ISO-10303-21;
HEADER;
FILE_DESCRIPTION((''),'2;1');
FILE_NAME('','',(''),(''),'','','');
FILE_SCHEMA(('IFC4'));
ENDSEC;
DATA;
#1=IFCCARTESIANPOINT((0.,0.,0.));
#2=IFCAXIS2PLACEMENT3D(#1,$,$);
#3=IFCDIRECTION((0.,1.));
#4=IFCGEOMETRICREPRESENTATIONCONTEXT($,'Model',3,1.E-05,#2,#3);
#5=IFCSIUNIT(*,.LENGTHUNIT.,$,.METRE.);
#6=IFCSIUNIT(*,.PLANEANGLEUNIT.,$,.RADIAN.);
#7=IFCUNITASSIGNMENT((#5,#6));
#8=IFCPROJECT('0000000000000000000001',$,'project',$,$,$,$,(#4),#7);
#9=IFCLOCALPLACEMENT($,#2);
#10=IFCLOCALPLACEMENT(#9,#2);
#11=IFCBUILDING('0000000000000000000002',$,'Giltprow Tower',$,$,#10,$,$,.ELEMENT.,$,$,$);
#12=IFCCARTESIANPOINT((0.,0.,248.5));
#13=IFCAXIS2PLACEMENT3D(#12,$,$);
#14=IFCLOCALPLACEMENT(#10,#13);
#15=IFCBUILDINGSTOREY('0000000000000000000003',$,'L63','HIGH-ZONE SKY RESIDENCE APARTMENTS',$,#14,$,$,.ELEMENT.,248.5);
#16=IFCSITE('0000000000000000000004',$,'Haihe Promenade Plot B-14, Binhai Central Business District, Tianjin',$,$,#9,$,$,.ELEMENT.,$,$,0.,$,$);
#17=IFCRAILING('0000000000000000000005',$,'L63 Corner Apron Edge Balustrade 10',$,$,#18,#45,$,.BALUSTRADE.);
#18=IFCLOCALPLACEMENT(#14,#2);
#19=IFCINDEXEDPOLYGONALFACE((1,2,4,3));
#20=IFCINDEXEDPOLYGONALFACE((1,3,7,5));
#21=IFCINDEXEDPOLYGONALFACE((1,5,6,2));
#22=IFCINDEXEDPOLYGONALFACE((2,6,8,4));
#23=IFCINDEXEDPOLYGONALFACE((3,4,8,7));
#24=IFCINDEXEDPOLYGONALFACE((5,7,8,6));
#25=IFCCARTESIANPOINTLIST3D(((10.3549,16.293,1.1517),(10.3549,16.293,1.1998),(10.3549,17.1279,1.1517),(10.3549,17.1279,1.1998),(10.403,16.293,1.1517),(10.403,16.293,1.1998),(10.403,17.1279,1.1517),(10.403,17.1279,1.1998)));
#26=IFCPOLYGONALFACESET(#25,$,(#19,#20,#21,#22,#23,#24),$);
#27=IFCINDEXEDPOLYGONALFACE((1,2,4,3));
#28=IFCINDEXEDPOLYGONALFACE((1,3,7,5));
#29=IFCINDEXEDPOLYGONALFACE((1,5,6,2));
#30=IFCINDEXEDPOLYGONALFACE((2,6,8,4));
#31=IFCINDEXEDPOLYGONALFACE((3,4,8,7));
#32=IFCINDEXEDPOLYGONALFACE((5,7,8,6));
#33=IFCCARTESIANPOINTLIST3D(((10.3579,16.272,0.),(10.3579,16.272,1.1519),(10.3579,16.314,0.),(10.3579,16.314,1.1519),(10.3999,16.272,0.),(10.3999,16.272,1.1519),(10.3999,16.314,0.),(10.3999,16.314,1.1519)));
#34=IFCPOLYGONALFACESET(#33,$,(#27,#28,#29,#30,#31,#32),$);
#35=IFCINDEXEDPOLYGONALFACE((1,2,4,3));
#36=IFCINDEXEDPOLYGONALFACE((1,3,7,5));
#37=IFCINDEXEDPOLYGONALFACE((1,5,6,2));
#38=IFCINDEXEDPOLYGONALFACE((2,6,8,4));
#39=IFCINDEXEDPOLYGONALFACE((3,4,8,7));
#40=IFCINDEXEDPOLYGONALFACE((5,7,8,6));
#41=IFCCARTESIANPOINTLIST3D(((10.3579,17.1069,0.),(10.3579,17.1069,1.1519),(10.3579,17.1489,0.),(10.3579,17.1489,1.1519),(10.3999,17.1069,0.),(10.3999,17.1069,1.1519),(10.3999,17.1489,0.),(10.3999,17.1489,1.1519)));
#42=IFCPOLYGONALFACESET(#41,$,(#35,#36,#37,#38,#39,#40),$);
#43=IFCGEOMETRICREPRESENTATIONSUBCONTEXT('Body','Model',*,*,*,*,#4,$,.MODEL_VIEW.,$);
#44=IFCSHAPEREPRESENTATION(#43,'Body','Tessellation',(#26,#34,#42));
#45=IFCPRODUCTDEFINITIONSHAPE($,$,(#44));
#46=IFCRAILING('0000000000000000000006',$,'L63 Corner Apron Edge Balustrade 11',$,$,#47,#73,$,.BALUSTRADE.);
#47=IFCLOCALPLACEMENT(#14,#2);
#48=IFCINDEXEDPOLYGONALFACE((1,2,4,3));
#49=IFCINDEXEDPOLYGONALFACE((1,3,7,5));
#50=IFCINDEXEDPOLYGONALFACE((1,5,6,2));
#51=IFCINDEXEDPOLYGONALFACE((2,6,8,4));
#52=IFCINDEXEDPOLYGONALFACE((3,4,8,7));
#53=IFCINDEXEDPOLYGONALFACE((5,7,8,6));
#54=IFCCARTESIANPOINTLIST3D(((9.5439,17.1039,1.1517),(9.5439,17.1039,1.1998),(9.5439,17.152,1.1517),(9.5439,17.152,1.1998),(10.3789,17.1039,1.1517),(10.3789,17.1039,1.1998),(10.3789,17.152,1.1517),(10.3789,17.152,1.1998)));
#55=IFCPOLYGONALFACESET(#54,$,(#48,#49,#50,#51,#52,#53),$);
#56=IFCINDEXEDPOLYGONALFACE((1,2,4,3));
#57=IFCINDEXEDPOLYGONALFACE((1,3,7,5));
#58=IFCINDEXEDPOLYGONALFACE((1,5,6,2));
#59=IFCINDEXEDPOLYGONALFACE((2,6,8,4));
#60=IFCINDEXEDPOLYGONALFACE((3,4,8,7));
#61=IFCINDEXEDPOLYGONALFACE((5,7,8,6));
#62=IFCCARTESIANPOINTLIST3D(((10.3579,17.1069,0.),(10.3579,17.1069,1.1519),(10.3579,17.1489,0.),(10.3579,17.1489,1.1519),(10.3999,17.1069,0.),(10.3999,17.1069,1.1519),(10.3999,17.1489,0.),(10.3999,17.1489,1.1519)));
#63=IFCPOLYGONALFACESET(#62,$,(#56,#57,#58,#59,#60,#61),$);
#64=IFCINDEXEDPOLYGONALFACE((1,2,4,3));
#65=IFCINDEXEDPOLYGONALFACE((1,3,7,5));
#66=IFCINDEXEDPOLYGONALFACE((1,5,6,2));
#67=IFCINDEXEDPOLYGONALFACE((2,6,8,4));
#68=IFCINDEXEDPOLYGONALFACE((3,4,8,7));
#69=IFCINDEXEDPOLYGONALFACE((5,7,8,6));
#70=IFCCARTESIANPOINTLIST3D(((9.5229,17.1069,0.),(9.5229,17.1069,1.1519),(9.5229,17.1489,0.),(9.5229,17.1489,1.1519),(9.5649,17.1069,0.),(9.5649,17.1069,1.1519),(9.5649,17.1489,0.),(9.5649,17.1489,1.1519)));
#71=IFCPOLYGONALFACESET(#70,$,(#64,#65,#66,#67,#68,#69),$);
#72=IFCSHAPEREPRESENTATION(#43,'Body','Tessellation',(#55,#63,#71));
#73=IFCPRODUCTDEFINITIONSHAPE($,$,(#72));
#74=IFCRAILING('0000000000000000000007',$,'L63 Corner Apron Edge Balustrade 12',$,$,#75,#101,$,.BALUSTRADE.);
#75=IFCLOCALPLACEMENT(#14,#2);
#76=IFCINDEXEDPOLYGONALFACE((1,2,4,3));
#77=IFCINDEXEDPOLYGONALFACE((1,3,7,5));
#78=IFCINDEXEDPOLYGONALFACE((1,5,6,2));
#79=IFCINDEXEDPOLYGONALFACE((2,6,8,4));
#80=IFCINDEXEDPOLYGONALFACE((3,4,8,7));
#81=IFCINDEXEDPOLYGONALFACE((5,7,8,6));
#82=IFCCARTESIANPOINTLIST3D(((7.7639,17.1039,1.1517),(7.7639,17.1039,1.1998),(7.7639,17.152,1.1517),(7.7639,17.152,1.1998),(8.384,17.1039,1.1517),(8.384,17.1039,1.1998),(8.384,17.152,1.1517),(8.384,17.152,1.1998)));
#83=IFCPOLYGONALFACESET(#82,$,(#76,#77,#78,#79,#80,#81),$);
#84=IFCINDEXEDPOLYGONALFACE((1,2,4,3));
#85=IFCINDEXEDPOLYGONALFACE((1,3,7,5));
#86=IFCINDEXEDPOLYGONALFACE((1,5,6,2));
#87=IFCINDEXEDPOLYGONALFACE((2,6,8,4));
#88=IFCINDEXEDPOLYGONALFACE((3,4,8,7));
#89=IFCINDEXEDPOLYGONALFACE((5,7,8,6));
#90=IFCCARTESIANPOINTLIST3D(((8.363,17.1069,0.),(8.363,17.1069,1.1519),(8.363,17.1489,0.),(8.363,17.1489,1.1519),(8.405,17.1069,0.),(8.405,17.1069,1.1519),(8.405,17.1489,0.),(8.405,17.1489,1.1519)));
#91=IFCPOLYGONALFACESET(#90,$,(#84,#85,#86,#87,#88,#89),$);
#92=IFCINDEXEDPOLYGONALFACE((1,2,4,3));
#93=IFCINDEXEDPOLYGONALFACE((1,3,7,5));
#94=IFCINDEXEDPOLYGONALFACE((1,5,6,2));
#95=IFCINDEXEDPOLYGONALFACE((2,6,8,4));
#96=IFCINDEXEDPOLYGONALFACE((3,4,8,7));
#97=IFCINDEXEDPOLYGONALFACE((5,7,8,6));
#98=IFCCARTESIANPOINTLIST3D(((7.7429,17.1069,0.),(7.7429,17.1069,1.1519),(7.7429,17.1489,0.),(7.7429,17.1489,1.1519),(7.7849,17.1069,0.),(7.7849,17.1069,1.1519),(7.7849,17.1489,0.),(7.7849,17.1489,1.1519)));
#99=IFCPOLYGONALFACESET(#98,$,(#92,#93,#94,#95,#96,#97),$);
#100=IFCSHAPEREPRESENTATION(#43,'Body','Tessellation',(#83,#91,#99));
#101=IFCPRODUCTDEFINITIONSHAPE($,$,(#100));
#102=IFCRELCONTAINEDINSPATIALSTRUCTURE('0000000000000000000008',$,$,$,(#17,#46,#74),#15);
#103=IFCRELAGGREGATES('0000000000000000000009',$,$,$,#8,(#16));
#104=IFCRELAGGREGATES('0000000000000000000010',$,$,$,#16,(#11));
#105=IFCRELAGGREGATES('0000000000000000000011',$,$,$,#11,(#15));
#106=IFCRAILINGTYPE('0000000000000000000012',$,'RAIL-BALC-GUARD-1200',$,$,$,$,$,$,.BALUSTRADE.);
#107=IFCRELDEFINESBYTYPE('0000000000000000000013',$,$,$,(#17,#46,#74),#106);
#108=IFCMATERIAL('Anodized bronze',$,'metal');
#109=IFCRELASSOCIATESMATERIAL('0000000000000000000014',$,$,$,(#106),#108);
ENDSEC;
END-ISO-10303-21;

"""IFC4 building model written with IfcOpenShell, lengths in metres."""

from ifc_helpers import new_model, si_unit, direction, frame, origin, origin_2d, place, context, subcontext, project, spatial, rectangle, extrude, material, type_object, element, save


model = new_model("IFC4")

# Units and contexts
model_context = context("Model", 3, precision=1e-05, world=origin(), true_north=direction((0.0, 1.0)))
body_context = subcontext(model_context, "Body", "Model", "MODEL_VIEW")
ifc_project = project(units=[si_unit("LENGTHUNIT", "METRE"), si_unit("PLANEANGLEUNIT", "RADIAN")], contexts=[model_context])

# Site, building, storey
site_placement = place(None, origin())
site = spatial("IfcSite", under=ifc_project, at=site_placement, Name="Haihe Promenade Plot B-14, Binhai Central Business District, Tianjin", CompositionType="ELEMENT", RefElevation=0.0)
building_placement = place(site_placement, origin())
building = spatial("IfcBuilding", under=site, at=building_placement, Name="Giltprow Tower", CompositionType="ELEMENT")
storey_placement = place(building_placement, frame((0.0, 0.0, 248.5)))
storey = spatial("IfcBuildingStorey", under=building, at=storey_placement, Name="L63", Description="HIGH-ZONE SKY RESIDENCE APARTMENTS", CompositionType="ELEMENT", Elevation=248.5)

# Shared definitions
ifc_material_1 = material(Name="Anodized bronze", Category="metal")

# Railings
railing_type = type_object("IfcRailingType", Name="RAIL-BALC-GUARD-1200", PredefinedType="BALUSTRADE", material=ifc_material_1)
railing_1_placement = place(storey_placement, frame((10.3789, 16.293, 0.0)))
element("IfcRailing", 1, at=railing_1_placement, inside=storey, type_object=railing_type, Name="L63 Corner Apron Edge Balustrade 10", PredefinedType="BALUSTRADE", context=body_context, shape_type="SweptSolid", body=[
    extrude(rectangle(XDim=0.0481, YDim=0.0481, at=origin_2d()), frame((0.0, 0.0, 1.1758), z_axis=(0.0, 1.0, 0.0), x_axis=(-1.0, 0.0, 0.0)), (0.0, 0.0, 1.0), 0.835),
    extrude(rectangle(XDim=0.042, YDim=0.042, at=origin_2d()), origin(), (0.0, 0.0, 1.0), 1.1519),
    extrude(rectangle(XDim=0.042, YDim=0.042, at=origin_2d()), frame((0.0, 0.835, 0.0)), (0.0, 0.0, 1.0), 1.1519),
])
railing_2_placement = place(storey_placement, frame((10.3789, 17.1279, 0.0)))
element("IfcRailing", 2, at=railing_2_placement, inside=storey, type_object=railing_type, Name="L63 Corner Apron Edge Balustrade 11", PredefinedType="BALUSTRADE", context=body_context, shape_type="SweptSolid", body=[
    extrude(rectangle(XDim=0.0481, YDim=0.0481, at=origin_2d()), frame((0.0, 0.0, 1.1758), z_axis=(-1.0, 0.0, 0.0), x_axis=(0.0, -1.0, 0.0)), (0.0, 0.0, 1.0), 0.835),
    extrude(rectangle(XDim=0.042, YDim=0.042, at=origin_2d()), origin(), (0.0, 0.0, 1.0), 1.1519),
    extrude(rectangle(XDim=0.042, YDim=0.042, at=origin_2d()), frame((-0.835, 0.0, 0.0)), (0.0, 0.0, 1.0), 1.1519),
])
railing_3_placement = place(storey_placement, frame((8.384, 17.1279, 0.0)))
element("IfcRailing", 3, at=railing_3_placement, inside=storey, type_object=railing_type, Name="L63 Corner Apron Edge Balustrade 12", PredefinedType="BALUSTRADE", context=body_context, shape_type="SweptSolid", body=[
    extrude(rectangle(XDim=0.0481, YDim=0.0481, at=origin_2d()), frame((0.0, 0.0, 1.1758), z_axis=(-1.0, 0.0, 0.0), x_axis=(0.0, -1.0, 0.0)), (0.0, 0.0, 1.0), 0.6201),
    extrude(rectangle(XDim=0.042, YDim=0.042, at=origin_2d()), origin(), (0.0, 0.0, 1.0), 1.1519),
    extrude(rectangle(XDim=0.042, YDim=0.042, at=origin_2d()), frame((-0.6201, 0.0, 0.0)), (0.0, 0.0, 1.0), 1.1519),
])

save(model, "model.ifc")
